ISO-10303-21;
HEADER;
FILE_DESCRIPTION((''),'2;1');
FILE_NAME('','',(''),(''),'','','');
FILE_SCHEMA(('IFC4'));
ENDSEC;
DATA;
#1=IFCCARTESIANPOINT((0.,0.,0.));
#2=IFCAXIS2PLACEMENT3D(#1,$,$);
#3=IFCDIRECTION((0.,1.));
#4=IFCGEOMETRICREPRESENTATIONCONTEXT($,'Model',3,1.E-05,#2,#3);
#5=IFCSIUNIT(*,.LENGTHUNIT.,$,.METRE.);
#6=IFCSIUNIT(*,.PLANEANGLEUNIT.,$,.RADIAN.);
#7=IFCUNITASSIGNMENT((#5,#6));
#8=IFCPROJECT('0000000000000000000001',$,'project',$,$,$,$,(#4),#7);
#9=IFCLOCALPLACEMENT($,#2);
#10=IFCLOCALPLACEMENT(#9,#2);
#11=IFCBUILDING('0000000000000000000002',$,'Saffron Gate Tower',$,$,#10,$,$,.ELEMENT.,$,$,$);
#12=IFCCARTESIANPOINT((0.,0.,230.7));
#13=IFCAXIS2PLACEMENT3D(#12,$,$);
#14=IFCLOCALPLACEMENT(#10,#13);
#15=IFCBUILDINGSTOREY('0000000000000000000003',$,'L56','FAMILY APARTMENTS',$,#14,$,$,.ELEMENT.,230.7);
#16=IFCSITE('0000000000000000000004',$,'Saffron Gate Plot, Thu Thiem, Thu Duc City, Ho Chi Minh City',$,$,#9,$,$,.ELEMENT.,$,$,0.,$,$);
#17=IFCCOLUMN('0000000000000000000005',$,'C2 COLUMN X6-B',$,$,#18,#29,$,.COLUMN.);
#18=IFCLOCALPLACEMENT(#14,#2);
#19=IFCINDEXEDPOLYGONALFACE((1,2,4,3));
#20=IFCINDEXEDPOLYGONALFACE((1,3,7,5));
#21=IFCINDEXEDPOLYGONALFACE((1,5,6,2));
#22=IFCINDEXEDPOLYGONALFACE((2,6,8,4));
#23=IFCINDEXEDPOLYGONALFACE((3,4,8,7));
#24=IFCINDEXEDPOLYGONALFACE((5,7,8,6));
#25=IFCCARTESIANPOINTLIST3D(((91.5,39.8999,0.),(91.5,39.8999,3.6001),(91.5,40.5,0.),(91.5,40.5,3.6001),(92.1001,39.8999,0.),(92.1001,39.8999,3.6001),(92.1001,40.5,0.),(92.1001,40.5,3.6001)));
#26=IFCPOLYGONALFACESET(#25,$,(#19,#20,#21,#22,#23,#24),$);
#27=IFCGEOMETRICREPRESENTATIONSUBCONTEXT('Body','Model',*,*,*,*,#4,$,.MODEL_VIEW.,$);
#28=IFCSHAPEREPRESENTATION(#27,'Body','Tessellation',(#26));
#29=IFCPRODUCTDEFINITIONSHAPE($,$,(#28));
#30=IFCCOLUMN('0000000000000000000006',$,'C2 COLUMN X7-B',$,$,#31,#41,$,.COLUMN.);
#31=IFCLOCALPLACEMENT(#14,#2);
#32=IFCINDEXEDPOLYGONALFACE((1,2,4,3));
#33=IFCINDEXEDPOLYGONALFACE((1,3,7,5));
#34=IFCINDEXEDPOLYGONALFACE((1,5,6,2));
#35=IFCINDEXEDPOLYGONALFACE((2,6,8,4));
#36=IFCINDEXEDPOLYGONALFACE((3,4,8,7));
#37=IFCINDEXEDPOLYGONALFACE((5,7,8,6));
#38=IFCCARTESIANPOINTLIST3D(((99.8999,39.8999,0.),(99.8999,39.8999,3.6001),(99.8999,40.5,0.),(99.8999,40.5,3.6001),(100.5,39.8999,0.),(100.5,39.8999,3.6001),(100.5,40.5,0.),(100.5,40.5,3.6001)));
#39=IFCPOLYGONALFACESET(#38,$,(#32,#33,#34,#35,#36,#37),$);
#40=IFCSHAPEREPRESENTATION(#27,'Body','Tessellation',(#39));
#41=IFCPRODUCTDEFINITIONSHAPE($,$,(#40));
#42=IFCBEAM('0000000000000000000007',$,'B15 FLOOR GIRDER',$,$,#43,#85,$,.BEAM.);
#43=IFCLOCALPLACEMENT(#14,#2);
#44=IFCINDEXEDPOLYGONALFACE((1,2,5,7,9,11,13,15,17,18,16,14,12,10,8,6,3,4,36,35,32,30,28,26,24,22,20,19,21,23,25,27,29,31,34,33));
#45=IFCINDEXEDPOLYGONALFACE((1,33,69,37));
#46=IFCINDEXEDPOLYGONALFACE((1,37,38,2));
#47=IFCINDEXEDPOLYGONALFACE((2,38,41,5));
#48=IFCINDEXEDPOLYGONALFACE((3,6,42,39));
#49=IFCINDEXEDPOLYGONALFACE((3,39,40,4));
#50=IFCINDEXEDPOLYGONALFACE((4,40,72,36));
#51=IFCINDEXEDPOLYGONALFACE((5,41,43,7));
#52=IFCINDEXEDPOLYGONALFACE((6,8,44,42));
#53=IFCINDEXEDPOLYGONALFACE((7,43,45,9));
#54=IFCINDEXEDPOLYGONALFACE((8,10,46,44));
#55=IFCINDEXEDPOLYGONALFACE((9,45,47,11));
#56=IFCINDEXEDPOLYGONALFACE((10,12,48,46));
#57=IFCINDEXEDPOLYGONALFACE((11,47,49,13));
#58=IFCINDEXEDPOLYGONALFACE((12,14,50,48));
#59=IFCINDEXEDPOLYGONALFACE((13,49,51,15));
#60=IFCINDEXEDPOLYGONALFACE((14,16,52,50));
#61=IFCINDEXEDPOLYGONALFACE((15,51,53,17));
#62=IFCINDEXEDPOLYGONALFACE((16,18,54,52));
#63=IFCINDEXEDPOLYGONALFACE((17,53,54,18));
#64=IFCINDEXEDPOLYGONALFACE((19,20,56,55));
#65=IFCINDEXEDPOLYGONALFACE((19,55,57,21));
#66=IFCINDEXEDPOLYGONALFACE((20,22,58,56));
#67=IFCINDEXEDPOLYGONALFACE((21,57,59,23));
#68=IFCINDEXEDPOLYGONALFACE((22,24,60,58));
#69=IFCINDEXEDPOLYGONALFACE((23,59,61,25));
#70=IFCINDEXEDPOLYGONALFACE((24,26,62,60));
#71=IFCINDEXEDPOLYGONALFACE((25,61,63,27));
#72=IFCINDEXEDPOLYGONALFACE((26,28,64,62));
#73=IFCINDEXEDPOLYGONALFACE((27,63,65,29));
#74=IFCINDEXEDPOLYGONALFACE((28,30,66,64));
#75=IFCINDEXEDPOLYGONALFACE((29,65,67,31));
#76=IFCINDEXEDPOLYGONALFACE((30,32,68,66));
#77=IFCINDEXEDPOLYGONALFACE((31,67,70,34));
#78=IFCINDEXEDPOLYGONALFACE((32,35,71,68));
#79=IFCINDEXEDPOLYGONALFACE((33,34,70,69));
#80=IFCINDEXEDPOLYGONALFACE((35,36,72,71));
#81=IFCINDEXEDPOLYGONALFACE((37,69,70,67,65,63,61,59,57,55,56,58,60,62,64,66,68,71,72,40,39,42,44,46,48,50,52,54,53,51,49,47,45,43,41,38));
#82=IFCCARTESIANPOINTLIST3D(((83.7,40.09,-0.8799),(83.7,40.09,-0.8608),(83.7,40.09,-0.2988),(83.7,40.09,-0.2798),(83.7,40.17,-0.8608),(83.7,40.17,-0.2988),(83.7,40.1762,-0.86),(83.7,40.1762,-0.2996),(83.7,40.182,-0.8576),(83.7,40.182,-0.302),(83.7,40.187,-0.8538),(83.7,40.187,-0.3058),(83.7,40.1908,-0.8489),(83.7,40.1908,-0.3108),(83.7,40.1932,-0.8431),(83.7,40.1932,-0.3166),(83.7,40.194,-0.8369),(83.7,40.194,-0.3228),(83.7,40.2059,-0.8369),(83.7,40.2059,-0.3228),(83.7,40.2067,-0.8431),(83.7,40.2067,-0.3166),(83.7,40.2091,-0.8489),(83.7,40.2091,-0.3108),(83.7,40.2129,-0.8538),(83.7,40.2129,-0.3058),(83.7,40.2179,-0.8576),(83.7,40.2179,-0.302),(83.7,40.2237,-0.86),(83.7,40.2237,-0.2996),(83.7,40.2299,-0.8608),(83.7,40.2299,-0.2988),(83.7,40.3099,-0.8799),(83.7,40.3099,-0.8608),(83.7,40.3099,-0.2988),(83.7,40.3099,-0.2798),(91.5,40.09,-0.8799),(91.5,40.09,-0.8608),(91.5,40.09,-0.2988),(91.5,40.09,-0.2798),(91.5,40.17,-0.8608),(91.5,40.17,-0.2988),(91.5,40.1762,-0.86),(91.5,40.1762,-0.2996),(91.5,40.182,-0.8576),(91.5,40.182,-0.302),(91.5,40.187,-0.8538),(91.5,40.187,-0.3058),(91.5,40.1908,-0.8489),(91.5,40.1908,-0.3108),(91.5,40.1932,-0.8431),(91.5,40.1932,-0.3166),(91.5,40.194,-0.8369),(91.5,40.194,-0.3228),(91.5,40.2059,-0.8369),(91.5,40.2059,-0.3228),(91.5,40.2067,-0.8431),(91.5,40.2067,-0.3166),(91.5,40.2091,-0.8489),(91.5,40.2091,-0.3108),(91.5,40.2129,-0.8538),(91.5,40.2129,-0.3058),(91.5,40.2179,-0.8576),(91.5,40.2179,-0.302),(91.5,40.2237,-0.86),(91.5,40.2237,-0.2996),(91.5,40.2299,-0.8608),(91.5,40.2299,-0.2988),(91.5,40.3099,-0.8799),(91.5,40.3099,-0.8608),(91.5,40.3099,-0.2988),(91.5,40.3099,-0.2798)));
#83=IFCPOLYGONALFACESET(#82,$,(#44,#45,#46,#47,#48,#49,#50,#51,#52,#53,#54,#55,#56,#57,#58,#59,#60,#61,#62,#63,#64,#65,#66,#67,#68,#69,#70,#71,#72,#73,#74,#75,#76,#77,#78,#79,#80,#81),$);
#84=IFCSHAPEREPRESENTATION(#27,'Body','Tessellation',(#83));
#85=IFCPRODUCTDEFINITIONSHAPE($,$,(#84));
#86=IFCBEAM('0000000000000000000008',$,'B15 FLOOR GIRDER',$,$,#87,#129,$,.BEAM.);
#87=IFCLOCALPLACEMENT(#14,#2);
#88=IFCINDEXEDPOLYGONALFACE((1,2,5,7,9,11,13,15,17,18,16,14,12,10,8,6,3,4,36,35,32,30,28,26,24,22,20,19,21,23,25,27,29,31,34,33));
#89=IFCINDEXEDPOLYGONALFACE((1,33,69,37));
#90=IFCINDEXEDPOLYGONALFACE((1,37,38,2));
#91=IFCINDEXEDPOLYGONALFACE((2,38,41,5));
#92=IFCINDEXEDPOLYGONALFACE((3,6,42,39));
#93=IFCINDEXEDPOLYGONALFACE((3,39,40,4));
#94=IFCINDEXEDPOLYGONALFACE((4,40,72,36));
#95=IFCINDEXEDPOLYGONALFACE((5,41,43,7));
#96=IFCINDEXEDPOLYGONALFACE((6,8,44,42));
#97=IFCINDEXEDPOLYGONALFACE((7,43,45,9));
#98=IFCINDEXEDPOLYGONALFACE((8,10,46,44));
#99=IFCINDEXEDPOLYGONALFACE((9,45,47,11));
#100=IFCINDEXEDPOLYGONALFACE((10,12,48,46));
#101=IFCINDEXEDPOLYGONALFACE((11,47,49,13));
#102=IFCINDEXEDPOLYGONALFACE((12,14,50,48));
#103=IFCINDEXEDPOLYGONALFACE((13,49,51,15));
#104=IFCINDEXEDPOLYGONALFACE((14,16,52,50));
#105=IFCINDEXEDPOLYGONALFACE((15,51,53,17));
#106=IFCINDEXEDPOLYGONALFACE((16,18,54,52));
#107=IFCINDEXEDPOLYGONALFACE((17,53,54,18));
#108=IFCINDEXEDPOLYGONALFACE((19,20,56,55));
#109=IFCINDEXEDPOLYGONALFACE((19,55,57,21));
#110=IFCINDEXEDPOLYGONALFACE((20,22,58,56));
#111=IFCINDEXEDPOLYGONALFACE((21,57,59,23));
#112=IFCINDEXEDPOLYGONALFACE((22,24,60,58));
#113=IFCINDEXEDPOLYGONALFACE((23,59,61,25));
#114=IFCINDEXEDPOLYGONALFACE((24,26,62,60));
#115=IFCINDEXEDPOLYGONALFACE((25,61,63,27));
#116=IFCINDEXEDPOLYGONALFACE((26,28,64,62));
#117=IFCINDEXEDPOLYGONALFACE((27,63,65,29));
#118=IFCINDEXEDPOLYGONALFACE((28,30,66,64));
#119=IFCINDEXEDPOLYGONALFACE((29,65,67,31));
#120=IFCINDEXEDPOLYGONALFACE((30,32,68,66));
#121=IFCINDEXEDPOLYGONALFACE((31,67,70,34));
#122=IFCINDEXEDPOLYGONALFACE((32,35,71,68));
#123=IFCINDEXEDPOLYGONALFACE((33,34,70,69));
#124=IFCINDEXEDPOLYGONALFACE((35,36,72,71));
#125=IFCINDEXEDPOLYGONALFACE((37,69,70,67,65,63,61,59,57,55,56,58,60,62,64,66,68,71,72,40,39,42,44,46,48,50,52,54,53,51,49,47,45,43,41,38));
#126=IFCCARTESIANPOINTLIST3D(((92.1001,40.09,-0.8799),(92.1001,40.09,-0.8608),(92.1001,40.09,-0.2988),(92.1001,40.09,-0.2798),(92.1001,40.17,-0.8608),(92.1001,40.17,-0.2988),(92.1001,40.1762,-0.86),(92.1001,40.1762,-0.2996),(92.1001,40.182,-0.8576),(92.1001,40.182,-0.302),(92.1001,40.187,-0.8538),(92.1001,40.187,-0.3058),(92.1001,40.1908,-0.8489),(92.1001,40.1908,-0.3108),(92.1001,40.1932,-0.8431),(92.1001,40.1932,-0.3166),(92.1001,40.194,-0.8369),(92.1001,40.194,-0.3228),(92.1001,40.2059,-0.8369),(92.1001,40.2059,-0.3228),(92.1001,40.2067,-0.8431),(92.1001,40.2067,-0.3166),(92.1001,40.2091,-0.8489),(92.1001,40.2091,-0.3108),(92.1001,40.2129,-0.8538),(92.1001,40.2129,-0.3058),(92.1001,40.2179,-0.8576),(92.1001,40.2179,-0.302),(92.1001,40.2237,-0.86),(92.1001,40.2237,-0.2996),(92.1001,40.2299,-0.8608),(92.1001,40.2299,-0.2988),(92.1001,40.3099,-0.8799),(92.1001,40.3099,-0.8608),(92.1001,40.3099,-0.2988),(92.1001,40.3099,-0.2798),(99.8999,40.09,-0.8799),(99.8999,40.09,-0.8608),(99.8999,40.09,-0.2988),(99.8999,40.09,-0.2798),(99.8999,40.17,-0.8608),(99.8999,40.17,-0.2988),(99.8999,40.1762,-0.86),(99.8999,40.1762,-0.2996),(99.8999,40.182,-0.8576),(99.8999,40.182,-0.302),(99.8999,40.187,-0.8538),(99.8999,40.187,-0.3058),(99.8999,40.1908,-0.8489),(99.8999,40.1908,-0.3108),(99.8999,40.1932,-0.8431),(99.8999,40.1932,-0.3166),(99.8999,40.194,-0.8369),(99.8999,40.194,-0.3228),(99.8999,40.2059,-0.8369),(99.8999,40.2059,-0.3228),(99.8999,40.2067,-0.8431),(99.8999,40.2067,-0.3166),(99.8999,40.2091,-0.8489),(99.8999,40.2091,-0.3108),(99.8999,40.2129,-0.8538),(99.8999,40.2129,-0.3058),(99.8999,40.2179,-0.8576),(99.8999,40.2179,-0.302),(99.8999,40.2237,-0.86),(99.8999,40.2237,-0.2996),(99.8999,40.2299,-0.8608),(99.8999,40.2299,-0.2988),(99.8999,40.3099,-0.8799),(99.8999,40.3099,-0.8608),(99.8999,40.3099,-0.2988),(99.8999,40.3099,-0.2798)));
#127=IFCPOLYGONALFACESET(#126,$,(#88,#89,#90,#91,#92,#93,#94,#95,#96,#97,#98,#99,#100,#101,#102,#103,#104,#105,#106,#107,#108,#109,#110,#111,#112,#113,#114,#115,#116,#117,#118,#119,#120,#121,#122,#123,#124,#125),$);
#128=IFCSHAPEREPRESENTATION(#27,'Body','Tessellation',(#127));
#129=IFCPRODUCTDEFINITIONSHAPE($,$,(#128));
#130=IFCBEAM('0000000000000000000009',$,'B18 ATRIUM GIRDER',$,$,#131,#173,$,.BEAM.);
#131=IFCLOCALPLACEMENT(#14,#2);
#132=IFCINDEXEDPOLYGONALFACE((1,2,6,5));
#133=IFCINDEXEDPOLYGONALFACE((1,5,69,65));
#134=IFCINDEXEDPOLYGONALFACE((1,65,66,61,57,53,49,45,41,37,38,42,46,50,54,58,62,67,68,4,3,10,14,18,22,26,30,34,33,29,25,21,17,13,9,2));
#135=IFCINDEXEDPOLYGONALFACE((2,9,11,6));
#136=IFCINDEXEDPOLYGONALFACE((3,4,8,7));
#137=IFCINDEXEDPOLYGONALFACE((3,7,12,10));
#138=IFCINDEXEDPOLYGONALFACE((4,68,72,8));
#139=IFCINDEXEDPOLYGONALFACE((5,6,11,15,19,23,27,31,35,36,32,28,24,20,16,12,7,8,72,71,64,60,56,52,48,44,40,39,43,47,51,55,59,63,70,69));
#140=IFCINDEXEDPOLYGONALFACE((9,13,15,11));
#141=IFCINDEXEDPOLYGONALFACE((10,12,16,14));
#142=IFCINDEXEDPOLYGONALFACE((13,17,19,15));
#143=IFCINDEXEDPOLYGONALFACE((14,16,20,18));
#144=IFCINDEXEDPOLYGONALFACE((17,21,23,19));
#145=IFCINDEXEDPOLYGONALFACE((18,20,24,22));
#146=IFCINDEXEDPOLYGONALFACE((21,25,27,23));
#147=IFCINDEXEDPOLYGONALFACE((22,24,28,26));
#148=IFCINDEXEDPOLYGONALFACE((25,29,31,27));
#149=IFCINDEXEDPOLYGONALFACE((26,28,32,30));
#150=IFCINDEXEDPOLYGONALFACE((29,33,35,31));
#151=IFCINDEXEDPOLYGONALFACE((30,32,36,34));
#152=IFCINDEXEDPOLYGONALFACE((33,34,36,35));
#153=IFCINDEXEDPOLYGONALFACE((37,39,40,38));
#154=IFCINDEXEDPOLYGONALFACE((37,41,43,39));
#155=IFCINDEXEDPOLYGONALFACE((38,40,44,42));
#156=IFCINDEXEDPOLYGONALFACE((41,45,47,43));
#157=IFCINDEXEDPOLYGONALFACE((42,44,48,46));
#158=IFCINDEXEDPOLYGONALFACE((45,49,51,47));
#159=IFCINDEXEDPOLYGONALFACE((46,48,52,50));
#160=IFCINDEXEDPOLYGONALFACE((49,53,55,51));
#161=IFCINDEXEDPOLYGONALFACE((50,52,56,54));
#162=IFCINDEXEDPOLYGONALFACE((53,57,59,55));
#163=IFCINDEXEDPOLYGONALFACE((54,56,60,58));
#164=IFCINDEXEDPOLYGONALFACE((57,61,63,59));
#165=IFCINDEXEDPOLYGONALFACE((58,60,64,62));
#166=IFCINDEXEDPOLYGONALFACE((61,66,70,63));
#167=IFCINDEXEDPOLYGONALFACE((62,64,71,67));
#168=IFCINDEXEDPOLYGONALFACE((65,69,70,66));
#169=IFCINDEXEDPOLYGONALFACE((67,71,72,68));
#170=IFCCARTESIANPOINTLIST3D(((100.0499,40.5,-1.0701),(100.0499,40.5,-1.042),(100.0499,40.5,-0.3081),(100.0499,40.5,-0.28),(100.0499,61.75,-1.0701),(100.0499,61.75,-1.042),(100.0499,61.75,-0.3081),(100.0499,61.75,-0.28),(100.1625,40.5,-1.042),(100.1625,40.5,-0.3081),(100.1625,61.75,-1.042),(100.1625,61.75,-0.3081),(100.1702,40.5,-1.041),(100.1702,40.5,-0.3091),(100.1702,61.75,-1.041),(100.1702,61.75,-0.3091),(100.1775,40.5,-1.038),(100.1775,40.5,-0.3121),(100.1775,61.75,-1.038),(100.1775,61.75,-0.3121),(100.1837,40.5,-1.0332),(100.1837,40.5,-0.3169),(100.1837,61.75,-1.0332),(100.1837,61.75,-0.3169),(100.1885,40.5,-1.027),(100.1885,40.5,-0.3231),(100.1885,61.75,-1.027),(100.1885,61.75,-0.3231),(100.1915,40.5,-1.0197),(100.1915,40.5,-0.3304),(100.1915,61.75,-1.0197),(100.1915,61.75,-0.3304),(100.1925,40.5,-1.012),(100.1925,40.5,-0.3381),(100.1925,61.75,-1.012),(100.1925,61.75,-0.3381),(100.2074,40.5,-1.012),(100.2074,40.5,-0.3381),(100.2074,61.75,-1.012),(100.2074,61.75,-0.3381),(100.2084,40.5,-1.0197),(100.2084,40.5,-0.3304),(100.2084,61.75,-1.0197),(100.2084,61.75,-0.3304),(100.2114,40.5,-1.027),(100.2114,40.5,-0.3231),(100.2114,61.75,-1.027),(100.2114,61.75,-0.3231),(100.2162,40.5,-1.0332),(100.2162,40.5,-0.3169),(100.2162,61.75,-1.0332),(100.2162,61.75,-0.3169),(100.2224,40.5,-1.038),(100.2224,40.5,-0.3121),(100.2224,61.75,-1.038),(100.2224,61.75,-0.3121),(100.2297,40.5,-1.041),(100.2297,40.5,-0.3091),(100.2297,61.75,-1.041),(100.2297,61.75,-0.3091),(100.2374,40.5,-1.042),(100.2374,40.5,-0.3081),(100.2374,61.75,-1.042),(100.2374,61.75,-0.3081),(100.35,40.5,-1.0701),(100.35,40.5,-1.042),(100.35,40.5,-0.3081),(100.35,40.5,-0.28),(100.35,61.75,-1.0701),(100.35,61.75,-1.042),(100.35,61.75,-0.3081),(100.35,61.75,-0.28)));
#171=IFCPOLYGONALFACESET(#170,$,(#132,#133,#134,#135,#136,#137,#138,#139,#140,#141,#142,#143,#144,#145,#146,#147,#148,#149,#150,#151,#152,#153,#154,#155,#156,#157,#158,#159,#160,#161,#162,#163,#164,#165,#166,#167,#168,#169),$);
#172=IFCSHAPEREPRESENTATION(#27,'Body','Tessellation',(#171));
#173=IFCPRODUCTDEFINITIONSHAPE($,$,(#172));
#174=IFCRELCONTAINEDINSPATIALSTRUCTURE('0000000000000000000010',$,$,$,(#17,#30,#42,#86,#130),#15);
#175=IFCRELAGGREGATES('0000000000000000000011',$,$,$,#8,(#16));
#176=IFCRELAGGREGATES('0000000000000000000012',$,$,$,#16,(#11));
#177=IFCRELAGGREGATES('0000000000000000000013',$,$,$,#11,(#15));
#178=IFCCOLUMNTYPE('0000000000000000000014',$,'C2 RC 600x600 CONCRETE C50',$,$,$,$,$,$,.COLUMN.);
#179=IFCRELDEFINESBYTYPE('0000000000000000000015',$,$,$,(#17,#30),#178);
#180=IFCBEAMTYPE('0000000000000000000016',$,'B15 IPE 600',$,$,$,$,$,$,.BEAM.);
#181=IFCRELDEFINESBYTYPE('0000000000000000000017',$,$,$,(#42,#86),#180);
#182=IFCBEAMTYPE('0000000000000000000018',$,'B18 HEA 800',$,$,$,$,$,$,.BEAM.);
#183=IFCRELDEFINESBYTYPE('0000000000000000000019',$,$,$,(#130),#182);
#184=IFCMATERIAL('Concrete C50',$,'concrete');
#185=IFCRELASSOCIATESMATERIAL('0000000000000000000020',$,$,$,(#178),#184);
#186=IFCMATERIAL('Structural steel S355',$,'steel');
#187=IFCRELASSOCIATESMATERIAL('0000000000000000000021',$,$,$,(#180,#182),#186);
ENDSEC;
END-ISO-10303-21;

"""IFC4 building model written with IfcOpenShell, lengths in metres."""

from ifc_helpers import new_model, si_unit, direction, frame, origin, origin_2d, place, context, subcontext, project, spatial, rectangle, i_section, extrude, material, material_profile, profile_set, type_object, element, save


model = new_model("IFC4")

# Units and contexts
model_context = context("Model", 3, precision=1e-05, world=origin(), true_north=direction((0.0, 1.0)))
body_context = subcontext(model_context, "Body", "Model", "MODEL_VIEW")
ifc_project = project(units=[si_unit("LENGTHUNIT", "METRE"), si_unit("PLANEANGLEUNIT", "RADIAN")], contexts=[model_context])

# Site, building, storey
site_placement = place(None, origin())
site = spatial("IfcSite", under=ifc_project, at=site_placement, Name="Saffron Gate Plot, Thu Thiem, Thu Duc City, Ho Chi Minh City", CompositionType="ELEMENT", RefElevation=0.0)
building_placement = place(site_placement, origin())
building = spatial("IfcBuilding", under=site, at=building_placement, Name="Saffron Gate Tower", CompositionType="ELEMENT")
storey_placement = place(building_placement, frame((0.0, 0.0, 230.7)))
storey = spatial("IfcBuildingStorey", under=building, at=storey_placement, Name="L56", Description="FAMILY APARTMENTS", CompositionType="ELEMENT", Elevation=230.7)

# Columns
ifc_material_1 = material(Name="Concrete C50", Category="concrete")
ifc_material_profile_1 = material_profile(ifc_material_1, rectangle(XDim=0.6001, YDim=0.6001, at=origin_2d()))
ifc_profile_set_1 = profile_set([ifc_material_profile_1], Name="Concrete C50")
column_type = type_object("IfcColumnType", Name="C2 RC 600x600 CONCRETE C50", PredefinedType="COLUMN", material=ifc_profile_set_1)
for number, where, z_axis, x_axis, name in (
    (1, (91.8, 40.2, 0.0), (0.0, 0.0, 1.0), (1.0, 0.0, 0.0), "C2 COLUMN X6-B"),
    (2, (100.2, 40.2, 0.0), (0.0, 0.0, 1.0), (1.0, 0.0, 0.0), "C2 COLUMN X7-B"),
):
    element("IfcColumn", number, at=place(storey_placement, frame(where, z_axis=z_axis, x_axis=x_axis)), inside=storey, type_object=column_type, Name=name, PredefinedType="COLUMN", context=body_context, shape_type="SweptSolid", body=[
        extrude(rectangle(XDim=0.6001, YDim=0.6001, at=origin_2d()), origin(), (0.0, 0.0, 1.0), 3.6001),
    ])

# Beams
ifc_material_2 = material(Name="Structural steel S355", Category="steel")
ifc_material_profile_2 = material_profile(ifc_material_2, i_section(OverallWidth=0.22, OverallDepth=0.6001, WebThickness=0.012, FlangeThickness=0.019, FilletRadius=0.0239, at=origin_2d()))
ifc_profile_set_2 = profile_set([ifc_material_profile_2], Name="Structural steel S355")
beam_type_1 = type_object("IfcBeamType", Name="B15 IPE 600", PredefinedType="BEAM", material=ifc_profile_set_2)
beam_1_placement = place(storey_placement, frame((83.7, 40.2, -0.5798), z_axis=(1.0, 0.0, 0.0), x_axis=(0.0, 1.0, 0.0)))
element("IfcBeam", 3, at=beam_1_placement, inside=storey, type_object=beam_type_1, Name="B15 FLOOR GIRDER", PredefinedType="BEAM", context=body_context, shape_type="SweptSolid", body=[
    extrude(i_section(OverallWidth=0.22, OverallDepth=0.6001, WebThickness=0.012, FlangeThickness=0.019, FilletRadius=0.0239, at=origin_2d()), origin(), (0.0, 0.0, 1.0), 7.8),
])
beam_2_placement = place(storey_placement, frame((92.1001, 40.2, -0.5798), z_axis=(1.0, 0.0, 0.0), x_axis=(0.0, 1.0, 0.0)))
element("IfcBeam", 4, at=beam_2_placement, inside=storey, type_object=beam_type_1, Name="B15 FLOOR GIRDER", PredefinedType="BEAM", context=body_context, shape_type="SweptSolid", body=[
    extrude(i_section(OverallWidth=0.22, OverallDepth=0.6001, WebThickness=0.012, FlangeThickness=0.019, FilletRadius=0.0239, at=origin_2d()), origin(), (0.0, 0.0, 1.0), 7.7998),
])
ifc_material_profile_3 = material_profile(ifc_material_2, i_section(OverallWidth=0.3, OverallDepth=0.79, WebThickness=0.0149, FlangeThickness=0.0281, FilletRadius=0.03, at=origin_2d()))
ifc_profile_set_3 = profile_set([ifc_material_profile_3], Name="Structural steel S355")
beam_type_2 = type_object("IfcBeamType", Name="B18 HEA 800", PredefinedType="BEAM", material=ifc_profile_set_3)
beam_3_placement = place(storey_placement, frame((100.2, 40.5, -0.675), z_axis=(0.0, 1.0, 0.0), x_axis=(-1.0, 0.0, 0.0)))
element("IfcBeam", 5, at=beam_3_placement, inside=storey, type_object=beam_type_2, Name="B18 ATRIUM GIRDER", PredefinedType="BEAM", context=body_context, shape_type="SweptSolid", body=[
    extrude(i_section(OverallWidth=0.3, OverallDepth=0.79, WebThickness=0.0149, FlangeThickness=0.0281, FilletRadius=0.03, at=origin_2d()), origin(), (0.0, 0.0, 1.0), 21.25),
])

save(model, "model.ifc")
